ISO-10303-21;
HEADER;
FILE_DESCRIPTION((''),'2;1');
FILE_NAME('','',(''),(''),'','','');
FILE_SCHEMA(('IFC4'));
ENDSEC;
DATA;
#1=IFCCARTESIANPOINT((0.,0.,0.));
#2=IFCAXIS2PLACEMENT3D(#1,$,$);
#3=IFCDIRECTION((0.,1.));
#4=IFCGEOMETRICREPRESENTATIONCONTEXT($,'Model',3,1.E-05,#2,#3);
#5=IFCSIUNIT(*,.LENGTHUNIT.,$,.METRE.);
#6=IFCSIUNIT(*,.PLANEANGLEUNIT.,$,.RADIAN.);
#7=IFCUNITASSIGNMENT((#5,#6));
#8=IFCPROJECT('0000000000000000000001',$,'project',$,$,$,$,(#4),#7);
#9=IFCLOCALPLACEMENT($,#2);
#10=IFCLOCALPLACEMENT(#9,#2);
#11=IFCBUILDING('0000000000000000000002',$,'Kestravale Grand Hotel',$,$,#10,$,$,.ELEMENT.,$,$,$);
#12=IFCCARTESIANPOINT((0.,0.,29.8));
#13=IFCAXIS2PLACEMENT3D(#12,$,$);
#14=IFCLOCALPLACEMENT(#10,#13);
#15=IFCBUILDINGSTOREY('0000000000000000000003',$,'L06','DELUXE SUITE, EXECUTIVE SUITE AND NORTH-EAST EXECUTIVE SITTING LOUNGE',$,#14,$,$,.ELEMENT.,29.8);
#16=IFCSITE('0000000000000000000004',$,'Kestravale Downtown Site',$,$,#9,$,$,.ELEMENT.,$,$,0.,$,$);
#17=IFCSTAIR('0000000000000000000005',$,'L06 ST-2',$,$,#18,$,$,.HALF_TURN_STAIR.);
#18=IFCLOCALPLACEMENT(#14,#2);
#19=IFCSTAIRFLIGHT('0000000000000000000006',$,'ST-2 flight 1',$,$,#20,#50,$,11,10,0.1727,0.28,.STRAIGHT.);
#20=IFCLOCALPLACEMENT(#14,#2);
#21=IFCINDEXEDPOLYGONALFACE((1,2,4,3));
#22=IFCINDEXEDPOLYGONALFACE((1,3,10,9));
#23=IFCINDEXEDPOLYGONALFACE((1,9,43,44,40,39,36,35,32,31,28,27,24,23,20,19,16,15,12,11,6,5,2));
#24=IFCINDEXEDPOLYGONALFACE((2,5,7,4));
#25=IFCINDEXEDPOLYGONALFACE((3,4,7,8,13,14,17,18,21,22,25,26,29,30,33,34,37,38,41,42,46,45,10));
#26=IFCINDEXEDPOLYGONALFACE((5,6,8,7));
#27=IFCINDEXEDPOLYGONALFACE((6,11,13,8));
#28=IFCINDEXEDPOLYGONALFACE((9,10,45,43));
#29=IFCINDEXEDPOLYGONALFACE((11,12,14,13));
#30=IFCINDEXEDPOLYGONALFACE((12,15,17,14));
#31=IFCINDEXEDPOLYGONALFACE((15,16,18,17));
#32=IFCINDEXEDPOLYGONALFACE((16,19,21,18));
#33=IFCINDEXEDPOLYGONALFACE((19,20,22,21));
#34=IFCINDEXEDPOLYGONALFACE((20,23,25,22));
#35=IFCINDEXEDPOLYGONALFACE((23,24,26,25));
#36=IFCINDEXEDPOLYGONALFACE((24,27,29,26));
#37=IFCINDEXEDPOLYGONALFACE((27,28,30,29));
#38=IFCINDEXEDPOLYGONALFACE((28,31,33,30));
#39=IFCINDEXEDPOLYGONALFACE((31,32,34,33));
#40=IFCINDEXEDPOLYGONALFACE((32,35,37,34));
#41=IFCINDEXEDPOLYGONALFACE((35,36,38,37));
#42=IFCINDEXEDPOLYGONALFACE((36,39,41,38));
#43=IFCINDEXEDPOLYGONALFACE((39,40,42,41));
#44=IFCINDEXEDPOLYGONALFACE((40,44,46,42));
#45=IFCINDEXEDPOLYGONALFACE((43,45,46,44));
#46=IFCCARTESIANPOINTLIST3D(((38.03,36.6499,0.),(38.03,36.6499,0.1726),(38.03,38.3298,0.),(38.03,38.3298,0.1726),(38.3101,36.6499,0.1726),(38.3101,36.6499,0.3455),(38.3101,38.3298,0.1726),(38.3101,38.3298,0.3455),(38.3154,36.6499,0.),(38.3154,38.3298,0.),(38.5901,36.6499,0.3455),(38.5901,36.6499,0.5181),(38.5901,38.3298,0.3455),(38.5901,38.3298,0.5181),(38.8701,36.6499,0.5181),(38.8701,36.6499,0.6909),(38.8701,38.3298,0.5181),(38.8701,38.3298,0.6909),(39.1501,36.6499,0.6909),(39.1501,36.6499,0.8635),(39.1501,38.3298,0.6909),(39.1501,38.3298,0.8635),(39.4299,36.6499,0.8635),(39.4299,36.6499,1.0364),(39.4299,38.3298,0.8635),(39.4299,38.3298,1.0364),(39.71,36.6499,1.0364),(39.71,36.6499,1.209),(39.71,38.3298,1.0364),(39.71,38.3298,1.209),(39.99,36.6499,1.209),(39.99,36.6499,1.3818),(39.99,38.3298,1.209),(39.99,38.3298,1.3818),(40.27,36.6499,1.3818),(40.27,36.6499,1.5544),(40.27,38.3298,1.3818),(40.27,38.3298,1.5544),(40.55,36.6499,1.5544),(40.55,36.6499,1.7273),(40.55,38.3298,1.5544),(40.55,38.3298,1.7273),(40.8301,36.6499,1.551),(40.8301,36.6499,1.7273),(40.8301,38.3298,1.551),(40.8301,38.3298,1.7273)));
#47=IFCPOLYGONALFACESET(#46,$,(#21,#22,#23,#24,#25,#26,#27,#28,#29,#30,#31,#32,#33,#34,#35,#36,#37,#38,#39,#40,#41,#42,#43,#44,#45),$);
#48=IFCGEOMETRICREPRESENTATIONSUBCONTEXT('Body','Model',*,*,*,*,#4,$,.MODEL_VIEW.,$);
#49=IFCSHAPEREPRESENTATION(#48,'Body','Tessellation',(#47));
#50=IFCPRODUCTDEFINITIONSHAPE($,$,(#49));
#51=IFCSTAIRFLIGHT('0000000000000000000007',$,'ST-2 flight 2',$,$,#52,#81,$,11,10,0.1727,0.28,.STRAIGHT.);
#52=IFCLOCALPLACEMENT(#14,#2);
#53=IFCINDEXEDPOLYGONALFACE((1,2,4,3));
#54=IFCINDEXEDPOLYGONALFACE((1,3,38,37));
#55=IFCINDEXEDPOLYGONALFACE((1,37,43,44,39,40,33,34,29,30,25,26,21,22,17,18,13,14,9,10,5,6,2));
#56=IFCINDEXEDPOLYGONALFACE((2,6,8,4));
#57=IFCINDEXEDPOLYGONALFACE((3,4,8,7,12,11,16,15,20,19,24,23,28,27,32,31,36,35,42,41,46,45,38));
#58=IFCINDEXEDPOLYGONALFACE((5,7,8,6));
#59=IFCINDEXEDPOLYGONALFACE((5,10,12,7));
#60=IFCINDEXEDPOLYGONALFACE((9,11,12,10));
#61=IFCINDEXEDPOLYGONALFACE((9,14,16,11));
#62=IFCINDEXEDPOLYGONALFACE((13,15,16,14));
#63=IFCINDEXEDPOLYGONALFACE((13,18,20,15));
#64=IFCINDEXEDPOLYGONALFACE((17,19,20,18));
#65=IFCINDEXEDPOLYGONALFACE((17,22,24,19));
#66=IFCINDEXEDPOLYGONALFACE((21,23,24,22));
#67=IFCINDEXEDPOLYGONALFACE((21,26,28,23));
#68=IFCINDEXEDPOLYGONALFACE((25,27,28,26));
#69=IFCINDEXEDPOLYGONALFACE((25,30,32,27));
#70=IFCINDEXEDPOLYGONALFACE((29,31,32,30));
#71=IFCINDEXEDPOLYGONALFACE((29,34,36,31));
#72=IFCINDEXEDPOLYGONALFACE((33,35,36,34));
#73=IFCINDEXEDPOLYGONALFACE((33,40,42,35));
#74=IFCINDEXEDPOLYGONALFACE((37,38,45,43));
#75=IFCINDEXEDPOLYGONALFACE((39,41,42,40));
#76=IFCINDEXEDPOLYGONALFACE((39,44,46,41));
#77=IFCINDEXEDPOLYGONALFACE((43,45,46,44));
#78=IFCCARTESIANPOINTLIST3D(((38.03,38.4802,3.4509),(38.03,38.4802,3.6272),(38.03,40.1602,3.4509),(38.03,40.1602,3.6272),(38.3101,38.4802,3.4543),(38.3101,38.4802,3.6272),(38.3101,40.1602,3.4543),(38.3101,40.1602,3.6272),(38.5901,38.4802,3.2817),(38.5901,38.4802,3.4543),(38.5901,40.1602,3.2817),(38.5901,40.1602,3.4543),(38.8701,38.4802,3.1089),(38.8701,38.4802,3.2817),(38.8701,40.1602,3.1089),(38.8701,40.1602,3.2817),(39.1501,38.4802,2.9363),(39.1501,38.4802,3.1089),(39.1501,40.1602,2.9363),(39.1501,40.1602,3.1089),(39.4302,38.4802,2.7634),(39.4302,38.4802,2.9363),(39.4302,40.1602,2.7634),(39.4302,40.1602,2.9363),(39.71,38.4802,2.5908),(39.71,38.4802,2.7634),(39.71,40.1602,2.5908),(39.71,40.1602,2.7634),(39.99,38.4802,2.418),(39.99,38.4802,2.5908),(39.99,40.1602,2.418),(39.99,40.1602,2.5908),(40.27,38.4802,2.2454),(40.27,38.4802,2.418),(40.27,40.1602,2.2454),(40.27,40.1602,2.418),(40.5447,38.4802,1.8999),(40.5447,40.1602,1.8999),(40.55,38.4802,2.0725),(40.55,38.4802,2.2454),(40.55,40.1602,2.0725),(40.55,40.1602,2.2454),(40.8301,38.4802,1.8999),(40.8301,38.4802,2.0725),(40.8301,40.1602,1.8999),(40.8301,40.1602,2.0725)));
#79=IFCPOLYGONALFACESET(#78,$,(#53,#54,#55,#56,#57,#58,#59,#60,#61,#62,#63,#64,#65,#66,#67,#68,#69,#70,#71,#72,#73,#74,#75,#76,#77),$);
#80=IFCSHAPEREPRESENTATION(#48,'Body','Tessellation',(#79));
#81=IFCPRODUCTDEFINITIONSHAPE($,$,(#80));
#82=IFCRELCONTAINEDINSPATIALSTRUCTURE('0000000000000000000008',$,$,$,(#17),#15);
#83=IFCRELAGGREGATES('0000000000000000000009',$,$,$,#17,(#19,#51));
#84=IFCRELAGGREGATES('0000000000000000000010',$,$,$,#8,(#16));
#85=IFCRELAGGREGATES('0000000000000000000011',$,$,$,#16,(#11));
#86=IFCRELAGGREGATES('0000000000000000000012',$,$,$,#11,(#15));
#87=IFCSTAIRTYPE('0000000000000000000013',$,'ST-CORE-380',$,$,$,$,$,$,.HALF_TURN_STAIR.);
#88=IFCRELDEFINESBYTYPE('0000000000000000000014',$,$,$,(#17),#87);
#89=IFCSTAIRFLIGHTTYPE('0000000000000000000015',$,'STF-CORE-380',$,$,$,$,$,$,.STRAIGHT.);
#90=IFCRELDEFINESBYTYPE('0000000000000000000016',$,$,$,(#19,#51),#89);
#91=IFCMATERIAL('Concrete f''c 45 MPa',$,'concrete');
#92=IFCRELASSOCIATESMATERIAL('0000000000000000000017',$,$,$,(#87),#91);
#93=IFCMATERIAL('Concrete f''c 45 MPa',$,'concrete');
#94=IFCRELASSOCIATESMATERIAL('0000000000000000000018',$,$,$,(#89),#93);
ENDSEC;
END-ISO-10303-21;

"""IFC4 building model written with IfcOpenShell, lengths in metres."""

from ifc_helpers import new_model, si_unit, direction, frame, origin, place, context, subcontext, project, spatial, polyline, outline, extrude, material, type_object, element, aggregate, save


model = new_model("IFC4")

# Units and contexts
model_context = context("Model", 3, precision=1e-05, world=origin(), true_north=direction((0.0, 1.0)))
body_context = subcontext(model_context, "Body", "Model", "MODEL_VIEW")
ifc_project = project(units=[si_unit("LENGTHUNIT", "METRE"), si_unit("PLANEANGLEUNIT", "RADIAN")], contexts=[model_context])

# Site, building, storey
site_placement = place(None, origin())
site = spatial("IfcSite", under=ifc_project, at=site_placement, Name="Kestravale Downtown Site", CompositionType="ELEMENT", RefElevation=0.0)
building_placement = place(site_placement, origin())
building = spatial("IfcBuilding", under=site, at=building_placement, Name="Kestravale Grand Hotel", CompositionType="ELEMENT")
storey_placement = place(building_placement, frame((0.0, 0.0, 29.8)))
storey = spatial("IfcBuildingStorey", under=building, at=storey_placement, Name="L06", Description="DELUXE SUITE, EXECUTIVE SUITE AND NORTH-EAST EXECUTIVE SITTING LOUNGE", CompositionType="ELEMENT", Elevation=29.8)

# Stair, stair flights
ifc_material_1 = material(Name="Concrete f'c 45 MPa", Category="concrete")
stair_type = type_object("IfcStairType", Name="ST-CORE-380", PredefinedType="HALF_TURN_STAIR", material=ifc_material_1)
stair_placement = place(storey_placement, origin())
stair = element("IfcStair", 1, at=stair_placement, inside=storey, type_object=stair_type, Name="L06 ST-2", PredefinedType="HALF_TURN_STAIR")
ifc_material_2 = material(Name="Concrete f'c 45 MPa", Category="concrete")
stair_flight_type = type_object("IfcStairFlightType", Name="STF-CORE-380", PredefinedType="STRAIGHT", material=ifc_material_2)
stair_flight_1_placement = place(storey_placement, frame((38.03, 37.49, 0.0), z_axis=(0.0, 0.0, 1.0), x_axis=(1.0, 0.0, 0.0)))
stair_flight_1 = element("IfcStairFlight", 2, at=stair_flight_1_placement, type_object=stair_flight_type, Name="ST-2 flight 1", NumberOfRisers=11, NumberOfTreads=10, PredefinedType="STRAIGHT", RiserHeight=0.1727, TreadLength=0.28, context=body_context, shape_type="SweptSolid", body=[
    extrude(outline(polyline([(0.0, 0.0), (0.0, 0.1726), (0.28, 0.1726), (0.28, 0.3455), (0.5601, 0.3455), (0.5601, 0.5181), (0.8401, 0.5181), (0.8401, 0.6909), (1.1201, 0.6909), (1.1201, 0.8635), (1.3999, 0.8635), (1.3999, 1.0364), (1.6799, 1.0364), (1.6799, 1.209), (1.96, 1.209), (1.96, 1.3818), (2.24, 1.3818), (2.24, 1.5544), (2.52, 1.5544), (2.52, 1.7273), (2.8, 1.7273), (2.8, 1.8999), (2.8, 1.551), (0.2854, 0.0), (0.0, 0.0)])), frame((0.0, 0.8398, 0.0), z_axis=(0.0, -1.0, 0.0), x_axis=(1.0, 0.0, 0.0)), (0.0, 0.0, 1.0), 1.6799),
])
stair_flight_2_placement = place(storey_placement, frame((40.8301, 39.3201, 1.8999), z_axis=(0.0, 0.0, 1.0), x_axis=(-1.0, 0.0, 0.0)))
stair_flight_2 = element("IfcStairFlight", 3, at=stair_flight_2_placement, type_object=stair_flight_type, Name="ST-2 flight 2", NumberOfRisers=11, NumberOfTreads=10, PredefinedType="STRAIGHT", RiserHeight=0.1727, TreadLength=0.28, context=body_context, shape_type="SweptSolid", body=[
    extrude(outline(polyline([(0.0, 0.0), (0.0, 0.1726), (0.28, 0.1726), (0.28, 0.3455), (0.5601, 0.3455), (0.5601, 0.5181), (0.8401, 0.5181), (0.8401, 0.6909), (1.1201, 0.6909), (1.1201, 0.8635), (1.3999, 0.8635), (1.3999, 1.0364), (1.6799, 1.0364), (1.6799, 1.209), (1.96, 1.209), (1.96, 1.3818), (2.24, 1.3818), (2.24, 1.5544), (2.52, 1.5544), (2.52, 1.7273), (2.8, 1.7273), (2.8, 1.8999), (2.8, 1.551), (0.2854, 0.0), (0.0, 0.0)])), frame((0.0, 0.8398, 0.0), z_axis=(0.0, -1.0, 0.0), x_axis=(1.0, 0.0, 0.0)), (0.0, 0.0, 1.0), 1.6799),
])
aggregate(stair, [stair_flight_1, stair_flight_2])

save(model, "model.ifc")
